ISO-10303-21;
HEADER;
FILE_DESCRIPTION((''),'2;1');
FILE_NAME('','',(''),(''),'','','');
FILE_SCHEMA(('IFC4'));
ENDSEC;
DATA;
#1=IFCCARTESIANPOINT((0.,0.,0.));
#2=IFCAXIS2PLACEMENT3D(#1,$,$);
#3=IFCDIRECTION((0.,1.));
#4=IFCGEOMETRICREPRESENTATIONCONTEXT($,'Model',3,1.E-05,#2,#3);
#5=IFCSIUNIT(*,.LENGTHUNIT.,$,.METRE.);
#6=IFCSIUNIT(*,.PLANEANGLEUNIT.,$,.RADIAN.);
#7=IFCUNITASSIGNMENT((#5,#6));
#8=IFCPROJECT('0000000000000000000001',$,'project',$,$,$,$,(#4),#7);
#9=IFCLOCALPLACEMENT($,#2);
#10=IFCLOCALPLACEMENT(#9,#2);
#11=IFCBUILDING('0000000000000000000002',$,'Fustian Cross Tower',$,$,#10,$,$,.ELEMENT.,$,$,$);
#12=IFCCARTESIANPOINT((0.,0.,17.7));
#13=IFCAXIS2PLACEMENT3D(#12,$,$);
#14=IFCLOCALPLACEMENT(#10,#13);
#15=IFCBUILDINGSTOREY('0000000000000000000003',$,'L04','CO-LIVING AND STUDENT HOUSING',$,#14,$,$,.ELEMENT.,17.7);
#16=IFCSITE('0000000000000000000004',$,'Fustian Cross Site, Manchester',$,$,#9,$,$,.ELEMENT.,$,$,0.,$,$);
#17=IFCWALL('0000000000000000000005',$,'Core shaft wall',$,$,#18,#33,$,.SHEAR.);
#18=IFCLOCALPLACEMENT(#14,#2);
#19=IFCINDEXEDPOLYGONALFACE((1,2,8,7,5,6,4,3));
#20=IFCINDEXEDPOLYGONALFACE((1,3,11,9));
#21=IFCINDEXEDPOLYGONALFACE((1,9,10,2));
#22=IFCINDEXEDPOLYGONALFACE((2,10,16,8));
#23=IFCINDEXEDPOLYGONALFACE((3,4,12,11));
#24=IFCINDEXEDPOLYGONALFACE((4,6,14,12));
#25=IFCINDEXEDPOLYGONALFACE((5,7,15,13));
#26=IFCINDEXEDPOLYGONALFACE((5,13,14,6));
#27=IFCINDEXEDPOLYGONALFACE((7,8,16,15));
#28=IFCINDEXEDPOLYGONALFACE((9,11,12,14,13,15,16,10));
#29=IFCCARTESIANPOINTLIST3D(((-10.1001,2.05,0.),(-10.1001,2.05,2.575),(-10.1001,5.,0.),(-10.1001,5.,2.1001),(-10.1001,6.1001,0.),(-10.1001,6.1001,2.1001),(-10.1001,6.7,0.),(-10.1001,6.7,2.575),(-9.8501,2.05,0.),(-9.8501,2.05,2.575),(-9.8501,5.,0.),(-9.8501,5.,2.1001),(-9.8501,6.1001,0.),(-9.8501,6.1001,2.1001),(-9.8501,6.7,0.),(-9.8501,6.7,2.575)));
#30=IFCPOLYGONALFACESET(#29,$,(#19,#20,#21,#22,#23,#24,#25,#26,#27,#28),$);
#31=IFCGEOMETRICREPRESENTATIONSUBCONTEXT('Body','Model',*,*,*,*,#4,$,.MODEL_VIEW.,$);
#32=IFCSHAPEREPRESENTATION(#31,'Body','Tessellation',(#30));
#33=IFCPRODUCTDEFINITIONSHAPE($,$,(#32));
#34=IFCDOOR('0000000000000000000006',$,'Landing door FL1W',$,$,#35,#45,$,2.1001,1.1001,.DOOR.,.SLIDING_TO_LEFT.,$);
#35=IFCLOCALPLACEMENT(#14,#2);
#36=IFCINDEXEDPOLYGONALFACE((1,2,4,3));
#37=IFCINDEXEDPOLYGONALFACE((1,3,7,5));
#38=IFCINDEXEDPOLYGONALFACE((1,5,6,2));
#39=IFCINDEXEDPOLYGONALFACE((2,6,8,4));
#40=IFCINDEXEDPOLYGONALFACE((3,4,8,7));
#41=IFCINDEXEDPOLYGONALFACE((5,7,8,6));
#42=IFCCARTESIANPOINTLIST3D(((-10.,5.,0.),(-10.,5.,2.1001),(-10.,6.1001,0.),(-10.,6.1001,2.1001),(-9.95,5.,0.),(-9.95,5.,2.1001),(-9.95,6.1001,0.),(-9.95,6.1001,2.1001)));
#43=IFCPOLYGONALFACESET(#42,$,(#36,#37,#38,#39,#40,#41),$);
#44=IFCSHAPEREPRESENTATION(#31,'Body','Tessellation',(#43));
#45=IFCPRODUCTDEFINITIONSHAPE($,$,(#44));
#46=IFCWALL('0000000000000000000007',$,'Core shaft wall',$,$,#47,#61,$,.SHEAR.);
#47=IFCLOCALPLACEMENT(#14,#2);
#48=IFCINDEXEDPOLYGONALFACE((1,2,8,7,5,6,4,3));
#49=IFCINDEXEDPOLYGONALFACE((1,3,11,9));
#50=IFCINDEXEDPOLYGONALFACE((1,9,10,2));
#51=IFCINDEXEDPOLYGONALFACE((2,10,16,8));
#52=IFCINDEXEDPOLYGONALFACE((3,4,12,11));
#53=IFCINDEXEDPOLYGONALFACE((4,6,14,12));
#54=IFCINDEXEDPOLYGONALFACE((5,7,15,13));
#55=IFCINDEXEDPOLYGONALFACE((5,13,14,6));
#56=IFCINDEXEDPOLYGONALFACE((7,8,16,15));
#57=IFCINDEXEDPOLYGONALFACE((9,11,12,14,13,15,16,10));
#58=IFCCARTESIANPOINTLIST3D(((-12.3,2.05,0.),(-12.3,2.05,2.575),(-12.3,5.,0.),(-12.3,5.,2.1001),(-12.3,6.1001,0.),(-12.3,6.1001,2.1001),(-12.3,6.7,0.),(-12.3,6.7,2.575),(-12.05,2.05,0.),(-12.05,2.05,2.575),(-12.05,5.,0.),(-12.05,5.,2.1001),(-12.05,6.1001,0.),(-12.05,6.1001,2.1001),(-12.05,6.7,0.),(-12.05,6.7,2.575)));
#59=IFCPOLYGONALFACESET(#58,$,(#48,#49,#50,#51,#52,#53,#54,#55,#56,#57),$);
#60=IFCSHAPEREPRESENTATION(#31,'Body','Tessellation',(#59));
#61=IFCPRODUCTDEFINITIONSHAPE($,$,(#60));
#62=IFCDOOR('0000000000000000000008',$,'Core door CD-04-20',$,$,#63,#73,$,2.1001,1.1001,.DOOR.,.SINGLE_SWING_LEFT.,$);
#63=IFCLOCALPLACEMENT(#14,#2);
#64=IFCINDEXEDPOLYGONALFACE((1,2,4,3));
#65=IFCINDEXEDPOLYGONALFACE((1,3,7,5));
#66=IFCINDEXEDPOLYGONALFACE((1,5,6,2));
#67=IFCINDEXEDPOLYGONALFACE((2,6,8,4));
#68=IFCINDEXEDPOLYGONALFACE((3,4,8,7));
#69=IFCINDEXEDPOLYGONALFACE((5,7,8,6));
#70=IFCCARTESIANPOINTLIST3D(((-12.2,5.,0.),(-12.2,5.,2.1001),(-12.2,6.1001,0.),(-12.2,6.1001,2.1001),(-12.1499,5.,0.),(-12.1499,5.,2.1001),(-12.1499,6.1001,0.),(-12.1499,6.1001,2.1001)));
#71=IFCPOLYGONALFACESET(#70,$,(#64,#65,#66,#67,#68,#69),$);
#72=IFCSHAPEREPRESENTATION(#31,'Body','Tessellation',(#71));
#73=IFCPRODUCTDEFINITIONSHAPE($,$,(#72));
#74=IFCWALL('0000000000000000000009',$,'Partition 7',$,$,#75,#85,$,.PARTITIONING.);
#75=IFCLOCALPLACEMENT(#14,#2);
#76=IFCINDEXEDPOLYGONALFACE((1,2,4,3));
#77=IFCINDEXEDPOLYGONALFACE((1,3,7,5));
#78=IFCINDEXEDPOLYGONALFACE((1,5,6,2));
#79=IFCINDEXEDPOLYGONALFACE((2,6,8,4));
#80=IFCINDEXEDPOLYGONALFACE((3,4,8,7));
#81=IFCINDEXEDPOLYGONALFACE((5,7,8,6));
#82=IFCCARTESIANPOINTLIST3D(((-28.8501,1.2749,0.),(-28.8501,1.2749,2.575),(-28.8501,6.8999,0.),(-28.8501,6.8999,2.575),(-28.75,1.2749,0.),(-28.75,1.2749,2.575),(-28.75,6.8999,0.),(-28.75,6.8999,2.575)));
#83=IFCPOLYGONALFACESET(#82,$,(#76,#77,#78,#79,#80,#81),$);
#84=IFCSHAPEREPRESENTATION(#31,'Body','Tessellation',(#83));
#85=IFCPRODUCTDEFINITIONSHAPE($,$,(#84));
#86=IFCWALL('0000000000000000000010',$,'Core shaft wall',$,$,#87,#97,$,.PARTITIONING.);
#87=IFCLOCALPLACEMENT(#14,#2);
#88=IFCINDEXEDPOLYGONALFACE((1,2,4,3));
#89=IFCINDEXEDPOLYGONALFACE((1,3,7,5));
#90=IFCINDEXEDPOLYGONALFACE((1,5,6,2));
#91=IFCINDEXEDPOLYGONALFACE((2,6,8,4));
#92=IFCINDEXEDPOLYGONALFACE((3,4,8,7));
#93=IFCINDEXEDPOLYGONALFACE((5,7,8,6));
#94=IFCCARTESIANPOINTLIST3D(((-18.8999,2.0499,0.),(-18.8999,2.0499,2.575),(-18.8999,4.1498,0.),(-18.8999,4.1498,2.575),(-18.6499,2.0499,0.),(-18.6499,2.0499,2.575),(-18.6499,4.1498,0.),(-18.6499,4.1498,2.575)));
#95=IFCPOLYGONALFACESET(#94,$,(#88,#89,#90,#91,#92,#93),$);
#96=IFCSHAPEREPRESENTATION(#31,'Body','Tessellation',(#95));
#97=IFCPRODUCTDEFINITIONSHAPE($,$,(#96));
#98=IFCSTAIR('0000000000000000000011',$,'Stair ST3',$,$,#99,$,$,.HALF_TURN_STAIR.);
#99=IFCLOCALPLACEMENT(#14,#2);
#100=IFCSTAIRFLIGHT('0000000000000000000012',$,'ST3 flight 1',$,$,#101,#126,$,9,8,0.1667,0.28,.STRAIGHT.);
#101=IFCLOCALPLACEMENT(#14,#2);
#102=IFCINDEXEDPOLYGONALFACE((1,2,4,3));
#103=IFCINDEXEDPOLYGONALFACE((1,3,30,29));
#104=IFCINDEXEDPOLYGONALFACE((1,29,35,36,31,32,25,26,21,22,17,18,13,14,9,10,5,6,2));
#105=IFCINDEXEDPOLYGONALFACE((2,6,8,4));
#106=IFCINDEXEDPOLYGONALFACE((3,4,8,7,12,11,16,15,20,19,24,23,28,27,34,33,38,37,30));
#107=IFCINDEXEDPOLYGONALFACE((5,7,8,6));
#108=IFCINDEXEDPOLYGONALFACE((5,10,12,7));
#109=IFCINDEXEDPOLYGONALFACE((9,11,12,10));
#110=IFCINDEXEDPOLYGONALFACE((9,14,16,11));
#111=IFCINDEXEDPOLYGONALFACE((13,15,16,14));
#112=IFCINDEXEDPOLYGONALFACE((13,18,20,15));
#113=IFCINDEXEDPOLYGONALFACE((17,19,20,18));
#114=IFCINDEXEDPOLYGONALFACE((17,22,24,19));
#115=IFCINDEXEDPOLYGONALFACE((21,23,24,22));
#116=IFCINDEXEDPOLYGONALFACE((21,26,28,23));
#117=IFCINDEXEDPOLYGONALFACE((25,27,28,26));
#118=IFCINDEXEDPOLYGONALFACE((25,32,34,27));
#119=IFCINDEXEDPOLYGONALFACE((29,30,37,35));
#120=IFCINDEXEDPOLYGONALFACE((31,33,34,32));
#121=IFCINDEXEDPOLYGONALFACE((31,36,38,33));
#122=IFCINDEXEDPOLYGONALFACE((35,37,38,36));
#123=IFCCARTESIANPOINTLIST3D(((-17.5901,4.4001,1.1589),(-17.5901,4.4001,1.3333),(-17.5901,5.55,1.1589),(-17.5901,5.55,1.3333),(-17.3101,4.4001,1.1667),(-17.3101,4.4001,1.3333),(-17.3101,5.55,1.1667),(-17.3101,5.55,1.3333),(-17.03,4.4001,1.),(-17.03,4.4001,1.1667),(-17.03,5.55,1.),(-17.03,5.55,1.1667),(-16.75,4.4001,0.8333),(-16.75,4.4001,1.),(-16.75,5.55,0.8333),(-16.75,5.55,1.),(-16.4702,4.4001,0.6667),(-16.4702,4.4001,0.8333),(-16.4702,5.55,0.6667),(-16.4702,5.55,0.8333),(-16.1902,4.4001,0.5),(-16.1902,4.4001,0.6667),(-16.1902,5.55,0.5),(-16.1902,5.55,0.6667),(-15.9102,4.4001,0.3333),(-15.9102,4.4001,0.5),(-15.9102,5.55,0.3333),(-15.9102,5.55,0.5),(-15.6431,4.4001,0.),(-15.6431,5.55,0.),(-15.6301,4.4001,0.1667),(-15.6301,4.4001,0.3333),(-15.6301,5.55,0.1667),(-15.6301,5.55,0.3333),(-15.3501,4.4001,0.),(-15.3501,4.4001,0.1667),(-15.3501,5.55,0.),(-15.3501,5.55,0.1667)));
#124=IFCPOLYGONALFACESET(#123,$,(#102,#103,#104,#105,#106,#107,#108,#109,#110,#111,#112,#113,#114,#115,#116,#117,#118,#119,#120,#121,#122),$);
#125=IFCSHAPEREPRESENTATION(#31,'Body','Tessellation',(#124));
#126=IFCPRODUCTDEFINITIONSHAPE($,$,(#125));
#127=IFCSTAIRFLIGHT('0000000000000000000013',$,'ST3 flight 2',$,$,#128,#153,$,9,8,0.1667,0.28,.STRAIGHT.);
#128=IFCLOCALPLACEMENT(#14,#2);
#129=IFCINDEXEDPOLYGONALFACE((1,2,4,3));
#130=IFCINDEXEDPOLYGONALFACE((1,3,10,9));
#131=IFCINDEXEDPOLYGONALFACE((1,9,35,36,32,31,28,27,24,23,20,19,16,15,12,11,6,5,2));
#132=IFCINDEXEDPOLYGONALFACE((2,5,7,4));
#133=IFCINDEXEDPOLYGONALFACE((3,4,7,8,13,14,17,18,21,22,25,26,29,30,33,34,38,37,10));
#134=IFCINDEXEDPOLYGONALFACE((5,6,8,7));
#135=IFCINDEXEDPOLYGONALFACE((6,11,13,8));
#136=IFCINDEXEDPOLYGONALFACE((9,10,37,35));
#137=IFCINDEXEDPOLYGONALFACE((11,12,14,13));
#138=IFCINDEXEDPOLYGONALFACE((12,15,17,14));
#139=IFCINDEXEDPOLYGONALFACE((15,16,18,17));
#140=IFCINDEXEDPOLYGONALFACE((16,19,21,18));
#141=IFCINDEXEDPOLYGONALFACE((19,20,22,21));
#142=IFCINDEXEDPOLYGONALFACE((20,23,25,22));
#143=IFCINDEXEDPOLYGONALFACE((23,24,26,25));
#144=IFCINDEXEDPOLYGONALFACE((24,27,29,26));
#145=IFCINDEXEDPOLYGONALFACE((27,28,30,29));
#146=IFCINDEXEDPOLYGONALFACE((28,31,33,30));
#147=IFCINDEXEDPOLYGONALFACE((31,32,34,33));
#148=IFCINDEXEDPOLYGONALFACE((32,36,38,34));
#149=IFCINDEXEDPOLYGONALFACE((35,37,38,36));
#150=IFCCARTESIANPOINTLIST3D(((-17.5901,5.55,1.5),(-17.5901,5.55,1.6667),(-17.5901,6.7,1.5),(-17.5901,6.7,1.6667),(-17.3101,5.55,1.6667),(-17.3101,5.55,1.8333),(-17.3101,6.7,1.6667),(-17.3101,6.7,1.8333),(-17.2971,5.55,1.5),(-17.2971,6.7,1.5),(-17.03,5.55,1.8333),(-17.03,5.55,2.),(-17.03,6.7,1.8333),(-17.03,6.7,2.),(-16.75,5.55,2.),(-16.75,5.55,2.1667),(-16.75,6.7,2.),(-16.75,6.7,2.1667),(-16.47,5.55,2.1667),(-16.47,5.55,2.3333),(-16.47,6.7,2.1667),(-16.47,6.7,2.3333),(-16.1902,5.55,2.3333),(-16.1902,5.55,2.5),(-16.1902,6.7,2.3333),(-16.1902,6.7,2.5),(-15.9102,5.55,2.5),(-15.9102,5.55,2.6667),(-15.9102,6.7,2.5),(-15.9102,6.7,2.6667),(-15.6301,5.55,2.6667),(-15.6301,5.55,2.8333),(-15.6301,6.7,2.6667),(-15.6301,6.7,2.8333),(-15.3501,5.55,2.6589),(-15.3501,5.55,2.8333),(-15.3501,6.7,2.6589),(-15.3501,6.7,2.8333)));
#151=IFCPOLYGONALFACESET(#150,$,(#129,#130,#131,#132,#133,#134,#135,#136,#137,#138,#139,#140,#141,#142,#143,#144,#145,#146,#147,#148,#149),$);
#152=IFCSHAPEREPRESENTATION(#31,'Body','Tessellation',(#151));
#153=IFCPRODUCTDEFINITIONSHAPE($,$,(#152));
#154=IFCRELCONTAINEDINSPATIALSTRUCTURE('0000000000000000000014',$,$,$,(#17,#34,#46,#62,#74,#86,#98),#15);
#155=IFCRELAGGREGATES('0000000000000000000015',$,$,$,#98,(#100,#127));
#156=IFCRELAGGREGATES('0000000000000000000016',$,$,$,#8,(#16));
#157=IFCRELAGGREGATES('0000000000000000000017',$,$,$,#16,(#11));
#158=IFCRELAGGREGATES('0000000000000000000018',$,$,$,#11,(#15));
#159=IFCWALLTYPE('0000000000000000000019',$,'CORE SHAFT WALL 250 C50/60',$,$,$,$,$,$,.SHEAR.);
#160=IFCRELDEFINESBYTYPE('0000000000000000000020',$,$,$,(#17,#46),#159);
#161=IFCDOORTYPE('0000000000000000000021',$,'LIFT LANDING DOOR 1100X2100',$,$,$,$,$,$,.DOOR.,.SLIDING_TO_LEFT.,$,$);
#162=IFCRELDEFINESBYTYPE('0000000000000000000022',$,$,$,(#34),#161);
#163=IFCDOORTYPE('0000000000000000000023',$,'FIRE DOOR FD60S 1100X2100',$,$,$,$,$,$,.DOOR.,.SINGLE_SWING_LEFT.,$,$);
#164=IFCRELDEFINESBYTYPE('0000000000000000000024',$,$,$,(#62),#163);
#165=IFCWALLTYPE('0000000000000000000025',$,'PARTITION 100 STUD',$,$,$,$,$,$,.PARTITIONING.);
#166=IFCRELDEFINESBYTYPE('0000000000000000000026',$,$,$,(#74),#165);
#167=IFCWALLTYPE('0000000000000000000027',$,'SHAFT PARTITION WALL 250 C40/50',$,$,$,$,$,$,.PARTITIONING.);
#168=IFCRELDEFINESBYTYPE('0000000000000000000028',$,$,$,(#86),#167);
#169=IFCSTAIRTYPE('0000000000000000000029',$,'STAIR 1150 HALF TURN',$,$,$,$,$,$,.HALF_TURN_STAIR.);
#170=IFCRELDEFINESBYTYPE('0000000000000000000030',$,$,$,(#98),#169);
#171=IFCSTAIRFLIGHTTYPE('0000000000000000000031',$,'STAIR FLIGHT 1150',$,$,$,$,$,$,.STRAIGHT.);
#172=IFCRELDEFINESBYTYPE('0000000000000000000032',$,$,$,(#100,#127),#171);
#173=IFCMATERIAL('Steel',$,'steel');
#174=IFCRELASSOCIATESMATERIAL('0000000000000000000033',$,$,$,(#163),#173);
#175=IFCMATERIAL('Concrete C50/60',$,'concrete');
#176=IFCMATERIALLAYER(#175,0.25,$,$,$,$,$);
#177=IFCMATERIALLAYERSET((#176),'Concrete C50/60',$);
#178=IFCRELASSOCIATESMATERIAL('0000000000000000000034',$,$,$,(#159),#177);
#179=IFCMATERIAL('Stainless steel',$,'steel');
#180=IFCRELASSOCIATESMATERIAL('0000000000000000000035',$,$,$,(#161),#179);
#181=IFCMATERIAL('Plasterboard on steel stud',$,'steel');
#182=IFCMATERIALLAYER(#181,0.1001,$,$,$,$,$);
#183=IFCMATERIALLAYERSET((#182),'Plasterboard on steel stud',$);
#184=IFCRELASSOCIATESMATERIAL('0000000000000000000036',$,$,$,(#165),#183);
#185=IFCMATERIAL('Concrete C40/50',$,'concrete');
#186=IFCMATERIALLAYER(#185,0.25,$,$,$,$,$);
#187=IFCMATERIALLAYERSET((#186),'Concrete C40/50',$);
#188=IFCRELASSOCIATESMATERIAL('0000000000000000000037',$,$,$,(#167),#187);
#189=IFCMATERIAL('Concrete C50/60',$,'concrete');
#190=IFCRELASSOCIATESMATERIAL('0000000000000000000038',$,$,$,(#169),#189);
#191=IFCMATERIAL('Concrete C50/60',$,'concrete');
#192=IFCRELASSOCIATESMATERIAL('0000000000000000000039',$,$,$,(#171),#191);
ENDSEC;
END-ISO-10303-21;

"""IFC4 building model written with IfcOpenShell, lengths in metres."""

from ifc_helpers import new_model, si_unit, direction, frame, frame_2d, origin, place, context, subcontext, project, spatial, polyline, rectangle, outline, extrude, material, layer, layer_set, type_object, element, fill, aggregate, save


model = new_model("IFC4")

# Units and contexts
model_context = context("Model", 3, precision=1e-05, world=origin(), true_north=direction((0.0, 1.0)))
body_context = subcontext(model_context, "Body", "Model", "MODEL_VIEW")
ifc_project = project(units=[si_unit("LENGTHUNIT", "METRE"), si_unit("PLANEANGLEUNIT", "RADIAN")], contexts=[model_context])

# Site, building, storey
site_placement = place(None, origin())
site = spatial("IfcSite", under=ifc_project, at=site_placement, Name="Fustian Cross Site, Manchester", CompositionType="ELEMENT", RefElevation=0.0)
building_placement = place(site_placement, origin())
building = spatial("IfcBuilding", under=site, at=building_placement, Name="Fustian Cross Tower", CompositionType="ELEMENT")
storey_placement = place(building_placement, frame((0.0, 0.0, 17.7)))
storey = spatial("IfcBuildingStorey", under=building, at=storey_placement, Name="L04", Description="CO-LIVING AND STUDENT HOUSING", CompositionType="ELEMENT", Elevation=17.7)

# Shared definitions
ifc_material_1 = material(Name="Steel", Category="steel")
door_type_1 = type_object("IfcDoorType", Name="FIRE DOOR FD60S 1100X2100", OperationType="SINGLE_SWING_LEFT", PredefinedType="DOOR", material=ifc_material_1)

# Shared definitions
ifc_material_2 = material(Name="Concrete C50/60", Category="concrete")
ifc_layer_1 = layer(ifc_material_2, 0.25)
ifc_layer_set_1 = layer_set([ifc_layer_1], Name="Concrete C50/60")
wall_type_1 = type_object("IfcWallType", Name="CORE SHAFT WALL 250 C50/60", PredefinedType="SHEAR", material=ifc_layer_set_1)

# Walls, openings, doors
wall_1_placement = place(storey_placement, frame((-9.9751, 2.05, 0.0), z_axis=(0.0, 0.0, 1.0), x_axis=(0.0, 1.0, 0.0)))
wall_1 = element("IfcWall", 1, at=wall_1_placement, inside=storey, type_object=wall_type_1, Name="Core shaft wall", PredefinedType="SHEAR", context=body_context, shape_type="SweptSolid", body=[
    extrude(rectangle(XDim=4.6499, YDim=0.25, at=frame_2d((2.325, 0.0))), origin(), (0.0, 0.0, 1.0), 2.575),
])
opening_1_placement = place(wall_1_placement, frame((2.95, 0.0, 0.0)))
opening_1 = element("IfcOpeningElement", 2, at=opening_1_placement, cuts=wall_1, PredefinedType="OPENING", context=body_context, shape_type="SweptSolid", body=[
    extrude(rectangle(XDim=1.1001, YDim=2.1001, at=frame_2d((0.55, 1.05))), frame((0.0, 0.135, 0.0), z_axis=(0.0, -1.0, 0.0), x_axis=(1.0, 0.0, 0.0)), (0.0, 0.0, 1.0), 0.27),
])
ifc_material_3 = material(Name="Stainless steel", Category="steel")
door_type_2 = type_object("IfcDoorType", Name="LIFT LANDING DOOR 1100X2100", OperationType="SLIDING_TO_LEFT", PredefinedType="DOOR", material=ifc_material_3)
door_1_placement = place(opening_1_placement, origin())
door_1 = element("IfcDoor", 3, at=door_1_placement, inside=storey, type_object=door_type_2, Name="Landing door FL1W", OperationType="SLIDING_TO_LEFT", OverallHeight=2.1001, OverallWidth=1.1001, PredefinedType="DOOR", context=body_context, shape_type="SweptSolid", body=[
    extrude(rectangle(XDim=1.1001, YDim=2.1001, at=frame_2d((0.55, 1.05))), frame((0.0, 0.0249, 0.0), z_axis=(0.0, -1.0, 0.0), x_axis=(1.0, 0.0, 0.0)), (0.0, 0.0, 1.0), 0.05),
])
fill(opening_1, door_1)
wall_2_placement = place(storey_placement, frame((-12.175, 2.05, 0.0), z_axis=(0.0, 0.0, 1.0), x_axis=(0.0, 1.0, 0.0)))
wall_2 = element("IfcWall", 4, at=wall_2_placement, inside=storey, type_object=wall_type_1, Name="Core shaft wall", PredefinedType="SHEAR", context=body_context, shape_type="SweptSolid", body=[
    extrude(rectangle(XDim=4.6499, YDim=0.25, at=frame_2d((2.325, 0.0))), origin(), (0.0, 0.0, 1.0), 2.575),
])
opening_2_placement = place(wall_2_placement, frame((2.95, 0.0, 0.0)))
opening_2 = element("IfcOpeningElement", 5, at=opening_2_placement, cuts=wall_2, PredefinedType="OPENING", context=body_context, shape_type="SweptSolid", body=[
    extrude(rectangle(XDim=1.1001, YDim=2.1001, at=frame_2d((0.55, 1.05))), frame((0.0, 0.135, 0.0), z_axis=(0.0, -1.0, 0.0), x_axis=(1.0, 0.0, 0.0)), (0.0, 0.0, 1.0), 0.27),
])
door_2_placement = place(opening_2_placement, origin())
door_2 = element("IfcDoor", 6, at=door_2_placement, inside=storey, type_object=door_type_1, Name="Core door CD-04-20", OperationType="SINGLE_SWING_LEFT", OverallHeight=2.1001, OverallWidth=1.1001, PredefinedType="DOOR", context=body_context, shape_type="SweptSolid", body=[
    extrude(rectangle(XDim=1.1001, YDim=2.1001, at=frame_2d((0.55, 1.05))), frame((0.0, 0.0249, 0.0), z_axis=(0.0, -1.0, 0.0), x_axis=(1.0, 0.0, 0.0)), (0.0, 0.0, 1.0), 0.05),
])
fill(opening_2, door_2)

# Walls
ifc_material_4 = material(Name="Plasterboard on steel stud", Category="steel")
ifc_layer_2 = layer(ifc_material_4, 0.1001)
ifc_layer_set_2 = layer_set([ifc_layer_2], Name="Plasterboard on steel stud")
wall_type_2 = type_object("IfcWallType", Name="PARTITION 100 STUD", PredefinedType="PARTITIONING", material=ifc_layer_set_2)
wall_3_placement = place(storey_placement, frame((-28.8, 1.2749, 0.0), z_axis=(0.0, 0.0, 1.0), x_axis=(0.0, 1.0, 0.0)))
element("IfcWall", 7, at=wall_3_placement, inside=storey, type_object=wall_type_2, Name="Partition 7", PredefinedType="PARTITIONING", context=body_context, shape_type="SweptSolid", body=[
    extrude(rectangle(XDim=5.625, YDim=0.1001, at=frame_2d((2.8125, 0.0))), origin(), (0.0, 0.0, 1.0), 2.575),
])
ifc_material_5 = material(Name="Concrete C40/50", Category="concrete")
ifc_layer_3 = layer(ifc_material_5, 0.25)
ifc_layer_set_3 = layer_set([ifc_layer_3], Name="Concrete C40/50")
wall_type_3 = type_object("IfcWallType", Name="SHAFT PARTITION WALL 250 C40/50", PredefinedType="PARTITIONING", material=ifc_layer_set_3)
wall_4_placement = place(storey_placement, frame((-18.7749, 2.05, 0.0), z_axis=(0.0, 0.0, 1.0), x_axis=(0.0, 1.0, 0.0)))
element("IfcWall", 8, at=wall_4_placement, inside=storey, type_object=wall_type_3, Name="Core shaft wall", PredefinedType="PARTITIONING", context=body_context, shape_type="SweptSolid", body=[
    extrude(rectangle(XDim=2.0999, YDim=0.25, at=frame_2d((1.0498, 0.0))), origin(), (0.0, 0.0, 1.0), 2.575),
])

# Stair, stair flights
ifc_material_6 = material(Name="Concrete C50/60", Category="concrete")
stair_type = type_object("IfcStairType", Name="STAIR 1150 HALF TURN", PredefinedType="HALF_TURN_STAIR", material=ifc_material_6)
stair_placement = place(storey_placement, origin())
stair = element("IfcStair", 9, at=stair_placement, inside=storey, type_object=stair_type, Name="Stair ST3", PredefinedType="HALF_TURN_STAIR")
ifc_material_7 = material(Name="Concrete C50/60", Category="concrete")
stair_flight_type = type_object("IfcStairFlightType", Name="STAIR FLIGHT 1150", PredefinedType="STRAIGHT", material=ifc_material_7)
stair_flight_1_placement = place(storey_placement, frame((-15.3501, 4.9751, 0.0), z_axis=(0.0, 0.0, 1.0), x_axis=(-1.0, 0.0, 0.0)))
stair_flight_1 = element("IfcStairFlight", 10, at=stair_flight_1_placement, type_object=stair_flight_type, Name="ST3 flight 1", NumberOfRisers=9, NumberOfTreads=8, PredefinedType="STRAIGHT", RiserHeight=0.1667, TreadLength=0.28, context=body_context, shape_type="SweptSolid", body=[
    extrude(outline(polyline([(0.0, 0.0), (0.0, 0.1667), (0.28, 0.1667), (0.28, 0.3333), (0.5601, 0.3333), (0.5601, 0.5), (0.8401, 0.5), (0.8401, 0.6667), (1.1201, 0.6667), (1.1201, 0.8333), (1.3999, 0.8333), (1.3999, 1.0), (1.6799, 1.0), (1.6799, 1.1667), (1.96, 1.1667), (1.96, 1.3333), (2.24, 1.3333), (2.24, 1.5), (2.24, 1.1589), (0.293, 0.0), (0.0, 0.0)])), frame((0.0, 0.575, 0.0), z_axis=(0.0, -1.0, 0.0), x_axis=(1.0, 0.0, 0.0)), (0.0, 0.0, 1.0), 1.1499),
])
stair_flight_2_placement = place(storey_placement, frame((-17.5901, 6.125, 1.5), z_axis=(0.0, 0.0, 1.0), x_axis=(1.0, 0.0, 0.0)))
stair_flight_2 = element("IfcStairFlight", 11, at=stair_flight_2_placement, type_object=stair_flight_type, Name="ST3 flight 2", NumberOfRisers=9, NumberOfTreads=8, PredefinedType="STRAIGHT", RiserHeight=0.1667, TreadLength=0.28, context=body_context, shape_type="SweptSolid", body=[
    extrude(outline(polyline([(0.0, 0.0), (0.0, 0.1667), (0.28, 0.1667), (0.28, 0.3333), (0.5601, 0.3333), (0.5601, 0.5), (0.8401, 0.5), (0.8401, 0.6667), (1.1201, 0.6667), (1.1201, 0.8333), (1.3999, 0.8333), (1.3999, 1.0), (1.6799, 1.0), (1.6799, 1.1667), (1.96, 1.1667), (1.96, 1.3333), (2.24, 1.3333), (2.24, 1.5), (2.24, 1.1589), (0.293, 0.0), (0.0, 0.0)])), frame((0.0, 0.575, 0.0), z_axis=(0.0, -1.0, 0.0), x_axis=(1.0, 0.0, 0.0)), (0.0, 0.0, 1.0), 1.1499),
])
aggregate(stair, [stair_flight_1, stair_flight_2])

save(model, "model.ifc")
